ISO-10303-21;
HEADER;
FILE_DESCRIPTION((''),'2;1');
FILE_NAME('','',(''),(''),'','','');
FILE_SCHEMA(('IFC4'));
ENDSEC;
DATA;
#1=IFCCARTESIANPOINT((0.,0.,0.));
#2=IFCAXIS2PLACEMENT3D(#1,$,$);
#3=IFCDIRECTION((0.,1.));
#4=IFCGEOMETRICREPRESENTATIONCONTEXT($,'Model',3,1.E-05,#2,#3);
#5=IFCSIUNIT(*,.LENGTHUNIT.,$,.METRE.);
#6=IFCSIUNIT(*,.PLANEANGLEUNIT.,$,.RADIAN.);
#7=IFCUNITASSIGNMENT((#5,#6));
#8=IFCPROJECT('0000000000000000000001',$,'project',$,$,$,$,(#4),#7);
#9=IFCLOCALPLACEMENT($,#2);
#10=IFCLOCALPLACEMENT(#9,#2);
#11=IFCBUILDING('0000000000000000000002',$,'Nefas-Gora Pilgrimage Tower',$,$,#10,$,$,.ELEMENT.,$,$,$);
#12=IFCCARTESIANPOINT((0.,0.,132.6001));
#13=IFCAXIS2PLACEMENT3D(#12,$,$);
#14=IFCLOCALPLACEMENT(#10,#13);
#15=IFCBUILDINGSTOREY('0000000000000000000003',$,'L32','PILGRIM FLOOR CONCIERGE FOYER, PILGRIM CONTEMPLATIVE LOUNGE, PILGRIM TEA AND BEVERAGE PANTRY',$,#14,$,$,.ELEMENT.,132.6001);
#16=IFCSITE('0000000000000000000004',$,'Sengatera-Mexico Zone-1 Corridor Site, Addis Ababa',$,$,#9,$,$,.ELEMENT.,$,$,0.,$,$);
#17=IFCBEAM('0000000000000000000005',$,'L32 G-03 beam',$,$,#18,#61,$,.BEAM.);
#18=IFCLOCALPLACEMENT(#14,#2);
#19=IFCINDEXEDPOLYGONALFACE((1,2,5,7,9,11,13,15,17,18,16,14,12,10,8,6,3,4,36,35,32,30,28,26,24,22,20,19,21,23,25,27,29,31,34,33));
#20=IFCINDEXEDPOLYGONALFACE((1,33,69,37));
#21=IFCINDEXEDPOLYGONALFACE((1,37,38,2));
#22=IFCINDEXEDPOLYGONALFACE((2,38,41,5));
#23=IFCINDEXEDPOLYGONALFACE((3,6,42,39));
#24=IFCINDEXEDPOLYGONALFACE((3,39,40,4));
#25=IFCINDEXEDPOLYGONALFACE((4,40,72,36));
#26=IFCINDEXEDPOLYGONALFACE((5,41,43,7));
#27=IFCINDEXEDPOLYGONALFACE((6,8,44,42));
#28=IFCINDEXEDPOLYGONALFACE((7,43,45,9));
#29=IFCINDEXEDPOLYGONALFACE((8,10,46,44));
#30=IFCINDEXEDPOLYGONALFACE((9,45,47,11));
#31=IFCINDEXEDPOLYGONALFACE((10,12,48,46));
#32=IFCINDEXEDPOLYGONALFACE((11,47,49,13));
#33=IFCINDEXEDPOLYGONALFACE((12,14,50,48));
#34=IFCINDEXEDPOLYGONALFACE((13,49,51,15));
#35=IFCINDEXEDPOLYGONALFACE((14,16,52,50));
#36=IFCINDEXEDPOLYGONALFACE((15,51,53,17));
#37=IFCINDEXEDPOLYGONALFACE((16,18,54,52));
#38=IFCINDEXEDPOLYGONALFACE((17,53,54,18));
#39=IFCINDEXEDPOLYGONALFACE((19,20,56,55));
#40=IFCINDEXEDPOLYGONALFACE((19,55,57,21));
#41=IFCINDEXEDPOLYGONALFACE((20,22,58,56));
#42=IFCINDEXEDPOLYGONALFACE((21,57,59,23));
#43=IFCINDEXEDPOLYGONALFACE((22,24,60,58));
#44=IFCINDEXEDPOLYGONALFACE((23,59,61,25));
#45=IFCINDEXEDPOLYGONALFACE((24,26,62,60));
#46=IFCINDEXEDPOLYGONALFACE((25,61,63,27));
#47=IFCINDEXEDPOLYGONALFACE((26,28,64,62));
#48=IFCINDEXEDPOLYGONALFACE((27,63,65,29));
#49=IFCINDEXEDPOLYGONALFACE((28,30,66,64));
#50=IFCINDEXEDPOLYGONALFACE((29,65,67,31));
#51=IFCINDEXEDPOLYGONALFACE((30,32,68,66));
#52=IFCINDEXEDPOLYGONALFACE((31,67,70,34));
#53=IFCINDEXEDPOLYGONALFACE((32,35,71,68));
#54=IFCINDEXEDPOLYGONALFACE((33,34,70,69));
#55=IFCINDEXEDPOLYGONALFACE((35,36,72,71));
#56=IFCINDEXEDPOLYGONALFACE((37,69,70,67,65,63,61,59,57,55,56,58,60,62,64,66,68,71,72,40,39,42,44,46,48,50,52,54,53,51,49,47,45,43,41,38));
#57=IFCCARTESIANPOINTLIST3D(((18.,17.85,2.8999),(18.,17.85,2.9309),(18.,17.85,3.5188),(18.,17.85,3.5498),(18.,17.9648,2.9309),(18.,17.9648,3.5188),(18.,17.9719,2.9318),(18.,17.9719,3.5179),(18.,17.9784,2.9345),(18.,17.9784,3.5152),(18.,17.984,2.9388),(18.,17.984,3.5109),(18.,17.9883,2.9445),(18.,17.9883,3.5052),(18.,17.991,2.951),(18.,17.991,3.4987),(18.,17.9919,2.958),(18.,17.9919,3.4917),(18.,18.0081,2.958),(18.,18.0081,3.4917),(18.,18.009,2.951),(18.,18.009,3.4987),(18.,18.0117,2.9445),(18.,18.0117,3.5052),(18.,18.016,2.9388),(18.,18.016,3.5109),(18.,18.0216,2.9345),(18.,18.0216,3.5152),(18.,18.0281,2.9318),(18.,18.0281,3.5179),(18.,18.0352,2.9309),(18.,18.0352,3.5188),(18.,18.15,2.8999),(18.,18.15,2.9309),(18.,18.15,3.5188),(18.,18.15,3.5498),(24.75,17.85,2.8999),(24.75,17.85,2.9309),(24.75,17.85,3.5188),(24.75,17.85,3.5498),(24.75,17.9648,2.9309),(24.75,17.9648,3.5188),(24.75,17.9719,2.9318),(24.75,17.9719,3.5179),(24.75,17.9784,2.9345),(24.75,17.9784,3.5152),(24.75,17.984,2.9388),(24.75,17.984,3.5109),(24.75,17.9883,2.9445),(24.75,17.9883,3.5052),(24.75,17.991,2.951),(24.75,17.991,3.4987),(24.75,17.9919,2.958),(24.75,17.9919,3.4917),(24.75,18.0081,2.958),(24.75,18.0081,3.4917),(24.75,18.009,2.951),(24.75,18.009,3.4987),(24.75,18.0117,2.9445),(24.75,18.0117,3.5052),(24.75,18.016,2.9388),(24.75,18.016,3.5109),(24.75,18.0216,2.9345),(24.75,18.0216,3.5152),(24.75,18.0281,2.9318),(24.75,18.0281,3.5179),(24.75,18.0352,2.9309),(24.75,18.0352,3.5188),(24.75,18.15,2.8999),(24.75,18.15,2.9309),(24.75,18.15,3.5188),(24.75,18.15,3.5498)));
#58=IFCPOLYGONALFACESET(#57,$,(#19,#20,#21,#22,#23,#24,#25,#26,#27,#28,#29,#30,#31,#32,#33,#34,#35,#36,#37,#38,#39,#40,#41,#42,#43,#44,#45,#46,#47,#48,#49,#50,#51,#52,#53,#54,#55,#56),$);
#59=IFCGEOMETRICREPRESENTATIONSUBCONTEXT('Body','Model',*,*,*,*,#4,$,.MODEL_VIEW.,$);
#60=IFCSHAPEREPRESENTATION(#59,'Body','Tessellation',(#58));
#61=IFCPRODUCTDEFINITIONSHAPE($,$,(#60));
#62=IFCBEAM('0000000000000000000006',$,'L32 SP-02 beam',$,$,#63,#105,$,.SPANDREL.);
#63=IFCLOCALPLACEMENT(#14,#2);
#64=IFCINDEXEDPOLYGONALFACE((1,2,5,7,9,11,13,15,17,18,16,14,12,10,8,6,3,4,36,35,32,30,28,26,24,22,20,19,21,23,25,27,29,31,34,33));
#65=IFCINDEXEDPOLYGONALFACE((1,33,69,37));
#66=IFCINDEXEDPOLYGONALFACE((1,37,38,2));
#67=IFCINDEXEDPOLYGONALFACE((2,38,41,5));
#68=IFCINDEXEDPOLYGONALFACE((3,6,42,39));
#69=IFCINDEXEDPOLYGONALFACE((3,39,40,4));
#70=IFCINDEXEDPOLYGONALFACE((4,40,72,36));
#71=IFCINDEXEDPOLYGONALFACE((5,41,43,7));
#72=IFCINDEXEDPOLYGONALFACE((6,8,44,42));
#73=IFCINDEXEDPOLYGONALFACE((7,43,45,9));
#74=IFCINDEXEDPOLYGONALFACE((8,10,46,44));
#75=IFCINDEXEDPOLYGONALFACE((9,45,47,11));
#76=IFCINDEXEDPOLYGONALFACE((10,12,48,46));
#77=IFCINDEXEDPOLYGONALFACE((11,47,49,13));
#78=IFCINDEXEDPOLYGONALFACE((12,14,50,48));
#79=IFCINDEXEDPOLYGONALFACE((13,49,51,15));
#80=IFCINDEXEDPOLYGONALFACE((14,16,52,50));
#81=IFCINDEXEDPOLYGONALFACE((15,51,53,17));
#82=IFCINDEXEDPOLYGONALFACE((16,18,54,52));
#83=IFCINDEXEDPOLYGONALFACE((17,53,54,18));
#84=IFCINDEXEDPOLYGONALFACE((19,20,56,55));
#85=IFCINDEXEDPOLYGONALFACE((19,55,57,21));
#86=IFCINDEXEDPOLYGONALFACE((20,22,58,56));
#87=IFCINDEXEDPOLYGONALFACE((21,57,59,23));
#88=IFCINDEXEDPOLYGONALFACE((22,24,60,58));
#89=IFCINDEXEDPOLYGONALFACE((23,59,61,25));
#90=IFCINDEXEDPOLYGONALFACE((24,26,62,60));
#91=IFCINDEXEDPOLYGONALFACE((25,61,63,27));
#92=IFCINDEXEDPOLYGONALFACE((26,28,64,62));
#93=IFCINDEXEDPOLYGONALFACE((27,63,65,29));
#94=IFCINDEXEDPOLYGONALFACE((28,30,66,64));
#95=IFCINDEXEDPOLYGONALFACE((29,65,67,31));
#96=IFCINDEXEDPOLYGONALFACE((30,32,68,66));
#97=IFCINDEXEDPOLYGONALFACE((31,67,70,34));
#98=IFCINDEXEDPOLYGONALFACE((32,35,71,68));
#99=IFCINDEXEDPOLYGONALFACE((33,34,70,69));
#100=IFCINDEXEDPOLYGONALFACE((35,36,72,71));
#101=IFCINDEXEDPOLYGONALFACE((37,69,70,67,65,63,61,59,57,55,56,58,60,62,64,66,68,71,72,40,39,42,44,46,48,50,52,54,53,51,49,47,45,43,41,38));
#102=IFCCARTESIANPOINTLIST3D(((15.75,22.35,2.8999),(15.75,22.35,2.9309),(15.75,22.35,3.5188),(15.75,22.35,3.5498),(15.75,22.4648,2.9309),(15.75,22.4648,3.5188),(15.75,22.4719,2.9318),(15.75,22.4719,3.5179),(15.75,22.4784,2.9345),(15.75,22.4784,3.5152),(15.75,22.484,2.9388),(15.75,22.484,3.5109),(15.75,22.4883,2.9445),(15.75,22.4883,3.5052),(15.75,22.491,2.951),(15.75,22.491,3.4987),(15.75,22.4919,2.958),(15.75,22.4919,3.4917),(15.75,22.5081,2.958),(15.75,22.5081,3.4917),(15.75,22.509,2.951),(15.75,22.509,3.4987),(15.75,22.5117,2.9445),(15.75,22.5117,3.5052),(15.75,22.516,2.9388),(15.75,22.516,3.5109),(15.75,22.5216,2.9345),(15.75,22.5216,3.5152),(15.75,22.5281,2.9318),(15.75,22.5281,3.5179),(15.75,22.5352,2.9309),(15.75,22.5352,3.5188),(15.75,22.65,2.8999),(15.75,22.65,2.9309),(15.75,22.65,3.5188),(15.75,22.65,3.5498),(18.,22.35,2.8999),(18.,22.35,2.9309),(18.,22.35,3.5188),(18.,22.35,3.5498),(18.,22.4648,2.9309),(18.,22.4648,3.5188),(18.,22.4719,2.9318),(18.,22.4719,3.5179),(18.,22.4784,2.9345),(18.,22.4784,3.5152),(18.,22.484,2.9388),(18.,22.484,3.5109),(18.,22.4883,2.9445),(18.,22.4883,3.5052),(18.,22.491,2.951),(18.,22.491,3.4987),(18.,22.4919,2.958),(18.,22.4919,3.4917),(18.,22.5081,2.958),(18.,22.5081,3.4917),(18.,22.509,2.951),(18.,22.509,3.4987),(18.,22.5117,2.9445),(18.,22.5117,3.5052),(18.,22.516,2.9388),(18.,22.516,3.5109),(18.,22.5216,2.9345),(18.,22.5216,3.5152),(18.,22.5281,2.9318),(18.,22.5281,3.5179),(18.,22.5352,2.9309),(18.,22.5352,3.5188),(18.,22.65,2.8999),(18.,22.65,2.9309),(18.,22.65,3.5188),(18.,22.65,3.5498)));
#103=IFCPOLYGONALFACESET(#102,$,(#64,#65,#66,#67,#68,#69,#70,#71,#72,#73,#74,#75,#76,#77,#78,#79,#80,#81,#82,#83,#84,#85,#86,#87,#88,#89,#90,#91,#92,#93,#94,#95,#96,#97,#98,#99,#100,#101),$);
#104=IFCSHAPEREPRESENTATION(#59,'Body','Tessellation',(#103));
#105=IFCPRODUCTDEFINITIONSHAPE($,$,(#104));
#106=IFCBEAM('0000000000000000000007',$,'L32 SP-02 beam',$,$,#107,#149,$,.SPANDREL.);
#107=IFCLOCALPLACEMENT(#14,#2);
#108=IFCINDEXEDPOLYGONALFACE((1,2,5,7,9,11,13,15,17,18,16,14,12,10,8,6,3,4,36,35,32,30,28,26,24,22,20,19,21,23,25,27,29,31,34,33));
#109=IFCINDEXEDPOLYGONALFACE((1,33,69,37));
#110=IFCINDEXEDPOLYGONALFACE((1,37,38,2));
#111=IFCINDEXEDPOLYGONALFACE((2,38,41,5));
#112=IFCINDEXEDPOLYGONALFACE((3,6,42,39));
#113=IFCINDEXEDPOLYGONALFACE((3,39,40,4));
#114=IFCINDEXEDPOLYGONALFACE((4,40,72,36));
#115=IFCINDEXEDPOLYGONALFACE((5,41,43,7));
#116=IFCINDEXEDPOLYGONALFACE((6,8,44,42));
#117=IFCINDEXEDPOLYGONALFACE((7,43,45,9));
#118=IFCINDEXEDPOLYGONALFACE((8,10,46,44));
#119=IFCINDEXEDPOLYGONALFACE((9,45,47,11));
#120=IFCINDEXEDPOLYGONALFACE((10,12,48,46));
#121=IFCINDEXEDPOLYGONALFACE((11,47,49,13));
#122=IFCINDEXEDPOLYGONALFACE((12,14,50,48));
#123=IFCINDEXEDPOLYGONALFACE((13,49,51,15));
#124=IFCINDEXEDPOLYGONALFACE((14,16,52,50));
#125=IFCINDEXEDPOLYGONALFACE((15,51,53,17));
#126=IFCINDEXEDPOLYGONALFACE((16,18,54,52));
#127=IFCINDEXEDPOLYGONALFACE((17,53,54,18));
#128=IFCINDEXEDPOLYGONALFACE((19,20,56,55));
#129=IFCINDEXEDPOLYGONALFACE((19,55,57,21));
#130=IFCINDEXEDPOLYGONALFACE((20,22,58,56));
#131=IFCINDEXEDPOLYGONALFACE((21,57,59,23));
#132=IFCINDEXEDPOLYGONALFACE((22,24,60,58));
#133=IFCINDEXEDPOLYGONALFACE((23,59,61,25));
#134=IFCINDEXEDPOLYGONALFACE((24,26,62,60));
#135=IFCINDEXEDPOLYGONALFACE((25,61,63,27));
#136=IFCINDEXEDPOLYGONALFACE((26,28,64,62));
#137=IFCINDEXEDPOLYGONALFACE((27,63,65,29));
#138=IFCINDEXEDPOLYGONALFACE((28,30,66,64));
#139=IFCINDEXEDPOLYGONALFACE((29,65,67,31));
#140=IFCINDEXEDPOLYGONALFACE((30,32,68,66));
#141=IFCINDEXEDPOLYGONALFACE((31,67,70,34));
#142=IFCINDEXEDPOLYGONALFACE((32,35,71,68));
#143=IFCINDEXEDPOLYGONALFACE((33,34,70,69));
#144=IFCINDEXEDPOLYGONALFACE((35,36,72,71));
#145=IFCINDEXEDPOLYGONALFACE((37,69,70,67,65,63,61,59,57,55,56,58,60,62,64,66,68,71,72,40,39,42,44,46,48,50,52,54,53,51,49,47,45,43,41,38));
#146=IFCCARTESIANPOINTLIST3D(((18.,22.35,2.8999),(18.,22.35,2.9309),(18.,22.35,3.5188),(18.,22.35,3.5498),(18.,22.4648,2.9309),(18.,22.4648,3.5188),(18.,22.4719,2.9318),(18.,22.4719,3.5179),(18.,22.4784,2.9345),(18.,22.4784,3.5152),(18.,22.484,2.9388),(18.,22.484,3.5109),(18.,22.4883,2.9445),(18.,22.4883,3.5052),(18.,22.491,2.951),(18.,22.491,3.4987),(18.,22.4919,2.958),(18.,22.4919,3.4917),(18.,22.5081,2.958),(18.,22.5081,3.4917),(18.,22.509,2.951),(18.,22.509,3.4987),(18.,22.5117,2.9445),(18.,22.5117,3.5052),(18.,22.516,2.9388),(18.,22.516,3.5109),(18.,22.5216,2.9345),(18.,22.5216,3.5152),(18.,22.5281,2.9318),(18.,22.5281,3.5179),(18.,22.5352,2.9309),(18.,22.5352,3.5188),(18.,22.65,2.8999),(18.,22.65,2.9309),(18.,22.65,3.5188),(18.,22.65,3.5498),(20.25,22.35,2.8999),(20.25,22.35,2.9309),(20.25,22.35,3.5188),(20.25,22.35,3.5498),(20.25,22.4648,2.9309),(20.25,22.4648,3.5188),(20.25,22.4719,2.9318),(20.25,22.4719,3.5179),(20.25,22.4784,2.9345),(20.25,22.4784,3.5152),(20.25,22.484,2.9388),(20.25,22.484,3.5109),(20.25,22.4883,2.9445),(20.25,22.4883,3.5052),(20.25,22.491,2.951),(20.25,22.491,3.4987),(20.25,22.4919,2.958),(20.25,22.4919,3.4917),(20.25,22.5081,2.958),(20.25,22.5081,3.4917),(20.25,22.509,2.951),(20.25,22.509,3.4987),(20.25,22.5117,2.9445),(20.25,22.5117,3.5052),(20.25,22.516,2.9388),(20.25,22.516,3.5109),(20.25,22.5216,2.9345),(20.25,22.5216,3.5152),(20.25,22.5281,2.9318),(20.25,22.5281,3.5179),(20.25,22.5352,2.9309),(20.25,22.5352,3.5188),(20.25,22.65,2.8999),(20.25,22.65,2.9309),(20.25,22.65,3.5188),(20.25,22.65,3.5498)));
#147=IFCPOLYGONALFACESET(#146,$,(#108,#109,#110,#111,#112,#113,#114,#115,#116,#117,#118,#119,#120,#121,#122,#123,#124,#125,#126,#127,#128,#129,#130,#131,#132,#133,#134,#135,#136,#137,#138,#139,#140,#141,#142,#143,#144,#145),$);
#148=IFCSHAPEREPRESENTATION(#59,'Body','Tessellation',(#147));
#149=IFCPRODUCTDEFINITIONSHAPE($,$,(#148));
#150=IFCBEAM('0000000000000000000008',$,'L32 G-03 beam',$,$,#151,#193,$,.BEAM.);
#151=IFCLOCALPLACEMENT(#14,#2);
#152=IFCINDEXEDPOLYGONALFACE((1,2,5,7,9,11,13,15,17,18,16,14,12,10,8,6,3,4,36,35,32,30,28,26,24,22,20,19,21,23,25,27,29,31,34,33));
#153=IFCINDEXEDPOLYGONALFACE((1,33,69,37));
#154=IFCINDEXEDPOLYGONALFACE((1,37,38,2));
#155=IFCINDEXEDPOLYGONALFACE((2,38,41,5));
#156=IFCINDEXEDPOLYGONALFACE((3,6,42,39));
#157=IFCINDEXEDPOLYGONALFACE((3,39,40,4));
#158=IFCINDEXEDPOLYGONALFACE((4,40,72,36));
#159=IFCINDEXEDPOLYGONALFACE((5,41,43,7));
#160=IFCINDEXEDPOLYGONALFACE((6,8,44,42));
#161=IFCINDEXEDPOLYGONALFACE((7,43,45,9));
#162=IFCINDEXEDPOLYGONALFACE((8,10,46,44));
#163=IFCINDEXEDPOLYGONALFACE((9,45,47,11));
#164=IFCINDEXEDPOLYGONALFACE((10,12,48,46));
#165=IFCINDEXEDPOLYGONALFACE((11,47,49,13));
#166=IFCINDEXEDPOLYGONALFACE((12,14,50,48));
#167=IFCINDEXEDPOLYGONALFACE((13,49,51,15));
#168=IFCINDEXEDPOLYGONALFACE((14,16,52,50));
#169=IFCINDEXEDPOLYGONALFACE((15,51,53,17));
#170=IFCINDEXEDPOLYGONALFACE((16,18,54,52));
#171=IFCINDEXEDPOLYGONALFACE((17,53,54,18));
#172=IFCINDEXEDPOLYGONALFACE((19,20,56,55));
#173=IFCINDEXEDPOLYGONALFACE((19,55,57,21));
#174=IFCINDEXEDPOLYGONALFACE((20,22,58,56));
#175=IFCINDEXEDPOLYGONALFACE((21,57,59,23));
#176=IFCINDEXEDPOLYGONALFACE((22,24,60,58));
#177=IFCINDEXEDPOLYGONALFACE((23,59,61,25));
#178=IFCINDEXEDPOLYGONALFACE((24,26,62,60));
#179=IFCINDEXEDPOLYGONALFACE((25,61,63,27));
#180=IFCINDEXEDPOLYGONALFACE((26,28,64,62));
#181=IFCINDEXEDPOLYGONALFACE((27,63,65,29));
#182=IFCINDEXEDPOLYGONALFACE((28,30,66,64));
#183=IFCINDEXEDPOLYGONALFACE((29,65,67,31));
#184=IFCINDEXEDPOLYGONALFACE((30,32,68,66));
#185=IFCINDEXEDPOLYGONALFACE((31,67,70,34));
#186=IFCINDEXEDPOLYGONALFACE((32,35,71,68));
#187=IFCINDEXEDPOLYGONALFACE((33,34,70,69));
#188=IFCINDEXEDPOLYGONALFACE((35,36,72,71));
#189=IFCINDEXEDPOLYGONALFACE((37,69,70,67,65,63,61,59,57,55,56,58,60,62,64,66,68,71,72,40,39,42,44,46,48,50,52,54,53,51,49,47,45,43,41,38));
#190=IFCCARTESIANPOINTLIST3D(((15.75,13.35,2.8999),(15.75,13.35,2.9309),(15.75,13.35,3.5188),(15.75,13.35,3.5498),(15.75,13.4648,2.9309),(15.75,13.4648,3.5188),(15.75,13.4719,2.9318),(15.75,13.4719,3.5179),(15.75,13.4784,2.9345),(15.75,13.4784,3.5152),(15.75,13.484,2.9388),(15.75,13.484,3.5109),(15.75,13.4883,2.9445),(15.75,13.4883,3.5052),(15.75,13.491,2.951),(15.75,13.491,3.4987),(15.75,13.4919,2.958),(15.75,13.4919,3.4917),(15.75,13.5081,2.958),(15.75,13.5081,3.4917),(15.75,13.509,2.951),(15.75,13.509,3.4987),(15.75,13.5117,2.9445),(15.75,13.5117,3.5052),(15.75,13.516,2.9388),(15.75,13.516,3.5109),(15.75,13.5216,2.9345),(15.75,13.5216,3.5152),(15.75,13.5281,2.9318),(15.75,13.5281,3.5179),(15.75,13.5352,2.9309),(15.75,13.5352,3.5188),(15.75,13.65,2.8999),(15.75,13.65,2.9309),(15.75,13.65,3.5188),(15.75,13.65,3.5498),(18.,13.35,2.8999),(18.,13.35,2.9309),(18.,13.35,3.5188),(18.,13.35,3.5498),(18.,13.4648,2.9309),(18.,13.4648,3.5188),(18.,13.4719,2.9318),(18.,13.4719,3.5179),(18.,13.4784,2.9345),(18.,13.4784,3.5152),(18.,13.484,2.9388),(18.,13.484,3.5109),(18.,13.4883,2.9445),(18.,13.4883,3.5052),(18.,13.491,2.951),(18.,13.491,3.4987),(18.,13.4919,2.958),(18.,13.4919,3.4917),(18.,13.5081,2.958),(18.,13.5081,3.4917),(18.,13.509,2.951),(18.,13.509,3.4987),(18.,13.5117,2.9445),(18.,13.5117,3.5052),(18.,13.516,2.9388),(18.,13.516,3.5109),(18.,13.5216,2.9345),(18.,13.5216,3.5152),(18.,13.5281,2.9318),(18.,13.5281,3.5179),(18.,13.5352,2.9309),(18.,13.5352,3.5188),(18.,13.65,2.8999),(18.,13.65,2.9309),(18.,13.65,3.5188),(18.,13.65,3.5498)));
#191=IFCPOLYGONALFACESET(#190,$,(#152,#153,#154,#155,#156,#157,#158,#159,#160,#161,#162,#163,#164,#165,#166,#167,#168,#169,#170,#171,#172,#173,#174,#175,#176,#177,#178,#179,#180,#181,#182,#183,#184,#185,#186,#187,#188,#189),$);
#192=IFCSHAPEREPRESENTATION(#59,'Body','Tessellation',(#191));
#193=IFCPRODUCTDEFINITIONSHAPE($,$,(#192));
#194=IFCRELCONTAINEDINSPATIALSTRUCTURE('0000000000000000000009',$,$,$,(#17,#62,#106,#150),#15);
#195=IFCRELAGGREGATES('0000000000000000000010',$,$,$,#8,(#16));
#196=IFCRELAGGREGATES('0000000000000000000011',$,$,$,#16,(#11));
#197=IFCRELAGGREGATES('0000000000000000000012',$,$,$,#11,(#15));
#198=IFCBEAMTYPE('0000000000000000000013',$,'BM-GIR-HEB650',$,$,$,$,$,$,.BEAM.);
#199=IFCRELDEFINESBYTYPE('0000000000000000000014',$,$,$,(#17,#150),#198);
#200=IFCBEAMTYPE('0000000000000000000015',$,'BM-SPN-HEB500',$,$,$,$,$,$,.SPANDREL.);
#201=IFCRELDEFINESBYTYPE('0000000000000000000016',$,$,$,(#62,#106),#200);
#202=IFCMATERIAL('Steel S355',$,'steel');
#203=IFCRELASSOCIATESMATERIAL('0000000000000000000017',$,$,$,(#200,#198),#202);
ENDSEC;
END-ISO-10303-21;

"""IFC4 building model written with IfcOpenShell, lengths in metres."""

from ifc_helpers import new_model, si_unit, direction, frame, origin, origin_2d, place, context, subcontext, project, spatial, i_section, extrude, source, transform, mapped, material, material_profile, profile_set, type_object, element, save


model = new_model("IFC4")

# Units and contexts
model_context = context("Model", 3, precision=1e-05, world=origin(), true_north=direction((0.0, 1.0)))
body_context = subcontext(model_context, "Body", "Model", "MODEL_VIEW")
ifc_project = project(units=[si_unit("LENGTHUNIT", "METRE"), si_unit("PLANEANGLEUNIT", "RADIAN")], contexts=[model_context])

# Site, building, storey
site_placement = place(None, origin())
site = spatial("IfcSite", under=ifc_project, at=site_placement, Name="Sengatera-Mexico Zone-1 Corridor Site, Addis Ababa", CompositionType="ELEMENT", RefElevation=0.0)
building_placement = place(site_placement, origin())
building = spatial("IfcBuilding", under=site, at=building_placement, Name="Nefas-Gora Pilgrimage Tower", CompositionType="ELEMENT")
storey_placement = place(building_placement, frame((0.0, 0.0, 132.6001)))
storey = spatial("IfcBuildingStorey", under=building, at=storey_placement, Name="L32", Description="PILGRIM FLOOR CONCIERGE FOYER, PILGRIM CONTEMPLATIVE LOUNGE, PILGRIM TEA AND BEVERAGE PANTRY", CompositionType="ELEMENT", Elevation=132.6001)

# Beams
ifc_material_1 = material(Name="Steel S355", Category="steel")
ifc_material_profile_1 = material_profile(ifc_material_1, i_section(OverallWidth=0.3, OverallDepth=0.6499, WebThickness=0.0161, FlangeThickness=0.031, FilletRadius=0.0271, at=origin_2d()), Name="HEB 650")
ifc_profile_set_1 = profile_set([ifc_material_profile_1], Name="Steel S355")
beam_type_1 = type_object("IfcBeamType", Name="BM-SPN-HEB500", PredefinedType="SPANDREL", material=ifc_profile_set_1)
ifc_material_profile_2 = material_profile(ifc_material_1, i_section(OverallWidth=0.3, OverallDepth=0.6499, WebThickness=0.0161, FlangeThickness=0.031, FilletRadius=0.0271, at=origin_2d()), Name="HEB 650")
ifc_profile_set_2 = profile_set([ifc_material_profile_2], Name="Steel S355")
beam_type_2 = type_object("IfcBeamType", Name="BM-GIR-HEB650", PredefinedType="BEAM", material=ifc_profile_set_2)
shared_shape_1 = source(origin(), body_context, "Body", "SweptSolid", [
    extrude(i_section(OverallWidth=0.3, OverallDepth=0.6499, WebThickness=0.0161, FlangeThickness=0.031, FilletRadius=0.0271, at=origin_2d()), origin(), (0.0, 0.0, 1.0), 6.75),
])
for number, where, z_axis, x_axis, name in (
    (1, (18.0, 18.0, 3.2249), (1.0, 0.0, 0.0), (0.0, 1.0, 0.0), "L32 G-03 beam"),
):
    element("IfcBeam", number, at=place(storey_placement, frame(where, z_axis=z_axis, x_axis=x_axis)), inside=storey, type_object=beam_type_2, Name=name, PredefinedType="BEAM", context=body_context, shape_type="MappedRepresentation", body=[
        mapped(shared_shape_1, transform((0.0, 0.0, 0.0), x_axis=(1.0, 0.0, 0.0), y_axis=(0.0, 1.0, 0.0), z_axis=(0.0, 0.0, 1.0), scale=1.0)),
    ])
shared_shape_2 = source(origin(), body_context, "Body", "SweptSolid", [
    extrude(i_section(OverallWidth=0.3, OverallDepth=0.6499, WebThickness=0.0161, FlangeThickness=0.031, FilletRadius=0.0271, at=origin_2d()), origin(), (0.0, 0.0, 1.0), 2.25),
])
for number, where, z_axis, x_axis, name in (
    (2, (15.75, 22.5, 3.2249), (1.0, 0.0, 0.0), (0.0, 1.0, 0.0), "L32 SP-02 beam"),
    (3, (18.0, 22.5, 3.2249), (1.0, 0.0, 0.0), (0.0, 1.0, 0.0), "L32 SP-02 beam"),
):
    element("IfcBeam", number, at=place(storey_placement, frame(where, z_axis=z_axis, x_axis=x_axis)), inside=storey, type_object=beam_type_1, Name=name, PredefinedType="SPANDREL", context=body_context, shape_type="MappedRepresentation", body=[
        mapped(shared_shape_2, transform((0.0, 0.0, 0.0), x_axis=(1.0, 0.0, 0.0), y_axis=(0.0, 1.0, 0.0), z_axis=(0.0, 0.0, 1.0), scale=1.0)),
    ])
shared_shape_3 = source(origin(), body_context, "Body", "SweptSolid", [
    extrude(i_section(OverallWidth=0.3, OverallDepth=0.6499, WebThickness=0.0161, FlangeThickness=0.031, FilletRadius=0.0271, at=origin_2d()), origin(), (0.0, 0.0, 1.0), 2.25),
])
beam_1_placement = place(storey_placement, frame((15.75, 13.5, 3.2249), z_axis=(1.0, 0.0, 0.0), x_axis=(0.0, 1.0, 0.0)))
element("IfcBeam", 4, at=beam_1_placement, inside=storey, type_object=beam_type_2, Name="L32 G-03 beam", PredefinedType="BEAM", context=body_context, shape_type="MappedRepresentation", body=[
    mapped(shared_shape_3, transform((0.0, 0.0, 0.0), x_axis=(1.0, 0.0, 0.0), y_axis=(0.0, 1.0, 0.0), z_axis=(0.0, 0.0, 1.0), scale=1.0)),
])

save(model, "model.ifc")
